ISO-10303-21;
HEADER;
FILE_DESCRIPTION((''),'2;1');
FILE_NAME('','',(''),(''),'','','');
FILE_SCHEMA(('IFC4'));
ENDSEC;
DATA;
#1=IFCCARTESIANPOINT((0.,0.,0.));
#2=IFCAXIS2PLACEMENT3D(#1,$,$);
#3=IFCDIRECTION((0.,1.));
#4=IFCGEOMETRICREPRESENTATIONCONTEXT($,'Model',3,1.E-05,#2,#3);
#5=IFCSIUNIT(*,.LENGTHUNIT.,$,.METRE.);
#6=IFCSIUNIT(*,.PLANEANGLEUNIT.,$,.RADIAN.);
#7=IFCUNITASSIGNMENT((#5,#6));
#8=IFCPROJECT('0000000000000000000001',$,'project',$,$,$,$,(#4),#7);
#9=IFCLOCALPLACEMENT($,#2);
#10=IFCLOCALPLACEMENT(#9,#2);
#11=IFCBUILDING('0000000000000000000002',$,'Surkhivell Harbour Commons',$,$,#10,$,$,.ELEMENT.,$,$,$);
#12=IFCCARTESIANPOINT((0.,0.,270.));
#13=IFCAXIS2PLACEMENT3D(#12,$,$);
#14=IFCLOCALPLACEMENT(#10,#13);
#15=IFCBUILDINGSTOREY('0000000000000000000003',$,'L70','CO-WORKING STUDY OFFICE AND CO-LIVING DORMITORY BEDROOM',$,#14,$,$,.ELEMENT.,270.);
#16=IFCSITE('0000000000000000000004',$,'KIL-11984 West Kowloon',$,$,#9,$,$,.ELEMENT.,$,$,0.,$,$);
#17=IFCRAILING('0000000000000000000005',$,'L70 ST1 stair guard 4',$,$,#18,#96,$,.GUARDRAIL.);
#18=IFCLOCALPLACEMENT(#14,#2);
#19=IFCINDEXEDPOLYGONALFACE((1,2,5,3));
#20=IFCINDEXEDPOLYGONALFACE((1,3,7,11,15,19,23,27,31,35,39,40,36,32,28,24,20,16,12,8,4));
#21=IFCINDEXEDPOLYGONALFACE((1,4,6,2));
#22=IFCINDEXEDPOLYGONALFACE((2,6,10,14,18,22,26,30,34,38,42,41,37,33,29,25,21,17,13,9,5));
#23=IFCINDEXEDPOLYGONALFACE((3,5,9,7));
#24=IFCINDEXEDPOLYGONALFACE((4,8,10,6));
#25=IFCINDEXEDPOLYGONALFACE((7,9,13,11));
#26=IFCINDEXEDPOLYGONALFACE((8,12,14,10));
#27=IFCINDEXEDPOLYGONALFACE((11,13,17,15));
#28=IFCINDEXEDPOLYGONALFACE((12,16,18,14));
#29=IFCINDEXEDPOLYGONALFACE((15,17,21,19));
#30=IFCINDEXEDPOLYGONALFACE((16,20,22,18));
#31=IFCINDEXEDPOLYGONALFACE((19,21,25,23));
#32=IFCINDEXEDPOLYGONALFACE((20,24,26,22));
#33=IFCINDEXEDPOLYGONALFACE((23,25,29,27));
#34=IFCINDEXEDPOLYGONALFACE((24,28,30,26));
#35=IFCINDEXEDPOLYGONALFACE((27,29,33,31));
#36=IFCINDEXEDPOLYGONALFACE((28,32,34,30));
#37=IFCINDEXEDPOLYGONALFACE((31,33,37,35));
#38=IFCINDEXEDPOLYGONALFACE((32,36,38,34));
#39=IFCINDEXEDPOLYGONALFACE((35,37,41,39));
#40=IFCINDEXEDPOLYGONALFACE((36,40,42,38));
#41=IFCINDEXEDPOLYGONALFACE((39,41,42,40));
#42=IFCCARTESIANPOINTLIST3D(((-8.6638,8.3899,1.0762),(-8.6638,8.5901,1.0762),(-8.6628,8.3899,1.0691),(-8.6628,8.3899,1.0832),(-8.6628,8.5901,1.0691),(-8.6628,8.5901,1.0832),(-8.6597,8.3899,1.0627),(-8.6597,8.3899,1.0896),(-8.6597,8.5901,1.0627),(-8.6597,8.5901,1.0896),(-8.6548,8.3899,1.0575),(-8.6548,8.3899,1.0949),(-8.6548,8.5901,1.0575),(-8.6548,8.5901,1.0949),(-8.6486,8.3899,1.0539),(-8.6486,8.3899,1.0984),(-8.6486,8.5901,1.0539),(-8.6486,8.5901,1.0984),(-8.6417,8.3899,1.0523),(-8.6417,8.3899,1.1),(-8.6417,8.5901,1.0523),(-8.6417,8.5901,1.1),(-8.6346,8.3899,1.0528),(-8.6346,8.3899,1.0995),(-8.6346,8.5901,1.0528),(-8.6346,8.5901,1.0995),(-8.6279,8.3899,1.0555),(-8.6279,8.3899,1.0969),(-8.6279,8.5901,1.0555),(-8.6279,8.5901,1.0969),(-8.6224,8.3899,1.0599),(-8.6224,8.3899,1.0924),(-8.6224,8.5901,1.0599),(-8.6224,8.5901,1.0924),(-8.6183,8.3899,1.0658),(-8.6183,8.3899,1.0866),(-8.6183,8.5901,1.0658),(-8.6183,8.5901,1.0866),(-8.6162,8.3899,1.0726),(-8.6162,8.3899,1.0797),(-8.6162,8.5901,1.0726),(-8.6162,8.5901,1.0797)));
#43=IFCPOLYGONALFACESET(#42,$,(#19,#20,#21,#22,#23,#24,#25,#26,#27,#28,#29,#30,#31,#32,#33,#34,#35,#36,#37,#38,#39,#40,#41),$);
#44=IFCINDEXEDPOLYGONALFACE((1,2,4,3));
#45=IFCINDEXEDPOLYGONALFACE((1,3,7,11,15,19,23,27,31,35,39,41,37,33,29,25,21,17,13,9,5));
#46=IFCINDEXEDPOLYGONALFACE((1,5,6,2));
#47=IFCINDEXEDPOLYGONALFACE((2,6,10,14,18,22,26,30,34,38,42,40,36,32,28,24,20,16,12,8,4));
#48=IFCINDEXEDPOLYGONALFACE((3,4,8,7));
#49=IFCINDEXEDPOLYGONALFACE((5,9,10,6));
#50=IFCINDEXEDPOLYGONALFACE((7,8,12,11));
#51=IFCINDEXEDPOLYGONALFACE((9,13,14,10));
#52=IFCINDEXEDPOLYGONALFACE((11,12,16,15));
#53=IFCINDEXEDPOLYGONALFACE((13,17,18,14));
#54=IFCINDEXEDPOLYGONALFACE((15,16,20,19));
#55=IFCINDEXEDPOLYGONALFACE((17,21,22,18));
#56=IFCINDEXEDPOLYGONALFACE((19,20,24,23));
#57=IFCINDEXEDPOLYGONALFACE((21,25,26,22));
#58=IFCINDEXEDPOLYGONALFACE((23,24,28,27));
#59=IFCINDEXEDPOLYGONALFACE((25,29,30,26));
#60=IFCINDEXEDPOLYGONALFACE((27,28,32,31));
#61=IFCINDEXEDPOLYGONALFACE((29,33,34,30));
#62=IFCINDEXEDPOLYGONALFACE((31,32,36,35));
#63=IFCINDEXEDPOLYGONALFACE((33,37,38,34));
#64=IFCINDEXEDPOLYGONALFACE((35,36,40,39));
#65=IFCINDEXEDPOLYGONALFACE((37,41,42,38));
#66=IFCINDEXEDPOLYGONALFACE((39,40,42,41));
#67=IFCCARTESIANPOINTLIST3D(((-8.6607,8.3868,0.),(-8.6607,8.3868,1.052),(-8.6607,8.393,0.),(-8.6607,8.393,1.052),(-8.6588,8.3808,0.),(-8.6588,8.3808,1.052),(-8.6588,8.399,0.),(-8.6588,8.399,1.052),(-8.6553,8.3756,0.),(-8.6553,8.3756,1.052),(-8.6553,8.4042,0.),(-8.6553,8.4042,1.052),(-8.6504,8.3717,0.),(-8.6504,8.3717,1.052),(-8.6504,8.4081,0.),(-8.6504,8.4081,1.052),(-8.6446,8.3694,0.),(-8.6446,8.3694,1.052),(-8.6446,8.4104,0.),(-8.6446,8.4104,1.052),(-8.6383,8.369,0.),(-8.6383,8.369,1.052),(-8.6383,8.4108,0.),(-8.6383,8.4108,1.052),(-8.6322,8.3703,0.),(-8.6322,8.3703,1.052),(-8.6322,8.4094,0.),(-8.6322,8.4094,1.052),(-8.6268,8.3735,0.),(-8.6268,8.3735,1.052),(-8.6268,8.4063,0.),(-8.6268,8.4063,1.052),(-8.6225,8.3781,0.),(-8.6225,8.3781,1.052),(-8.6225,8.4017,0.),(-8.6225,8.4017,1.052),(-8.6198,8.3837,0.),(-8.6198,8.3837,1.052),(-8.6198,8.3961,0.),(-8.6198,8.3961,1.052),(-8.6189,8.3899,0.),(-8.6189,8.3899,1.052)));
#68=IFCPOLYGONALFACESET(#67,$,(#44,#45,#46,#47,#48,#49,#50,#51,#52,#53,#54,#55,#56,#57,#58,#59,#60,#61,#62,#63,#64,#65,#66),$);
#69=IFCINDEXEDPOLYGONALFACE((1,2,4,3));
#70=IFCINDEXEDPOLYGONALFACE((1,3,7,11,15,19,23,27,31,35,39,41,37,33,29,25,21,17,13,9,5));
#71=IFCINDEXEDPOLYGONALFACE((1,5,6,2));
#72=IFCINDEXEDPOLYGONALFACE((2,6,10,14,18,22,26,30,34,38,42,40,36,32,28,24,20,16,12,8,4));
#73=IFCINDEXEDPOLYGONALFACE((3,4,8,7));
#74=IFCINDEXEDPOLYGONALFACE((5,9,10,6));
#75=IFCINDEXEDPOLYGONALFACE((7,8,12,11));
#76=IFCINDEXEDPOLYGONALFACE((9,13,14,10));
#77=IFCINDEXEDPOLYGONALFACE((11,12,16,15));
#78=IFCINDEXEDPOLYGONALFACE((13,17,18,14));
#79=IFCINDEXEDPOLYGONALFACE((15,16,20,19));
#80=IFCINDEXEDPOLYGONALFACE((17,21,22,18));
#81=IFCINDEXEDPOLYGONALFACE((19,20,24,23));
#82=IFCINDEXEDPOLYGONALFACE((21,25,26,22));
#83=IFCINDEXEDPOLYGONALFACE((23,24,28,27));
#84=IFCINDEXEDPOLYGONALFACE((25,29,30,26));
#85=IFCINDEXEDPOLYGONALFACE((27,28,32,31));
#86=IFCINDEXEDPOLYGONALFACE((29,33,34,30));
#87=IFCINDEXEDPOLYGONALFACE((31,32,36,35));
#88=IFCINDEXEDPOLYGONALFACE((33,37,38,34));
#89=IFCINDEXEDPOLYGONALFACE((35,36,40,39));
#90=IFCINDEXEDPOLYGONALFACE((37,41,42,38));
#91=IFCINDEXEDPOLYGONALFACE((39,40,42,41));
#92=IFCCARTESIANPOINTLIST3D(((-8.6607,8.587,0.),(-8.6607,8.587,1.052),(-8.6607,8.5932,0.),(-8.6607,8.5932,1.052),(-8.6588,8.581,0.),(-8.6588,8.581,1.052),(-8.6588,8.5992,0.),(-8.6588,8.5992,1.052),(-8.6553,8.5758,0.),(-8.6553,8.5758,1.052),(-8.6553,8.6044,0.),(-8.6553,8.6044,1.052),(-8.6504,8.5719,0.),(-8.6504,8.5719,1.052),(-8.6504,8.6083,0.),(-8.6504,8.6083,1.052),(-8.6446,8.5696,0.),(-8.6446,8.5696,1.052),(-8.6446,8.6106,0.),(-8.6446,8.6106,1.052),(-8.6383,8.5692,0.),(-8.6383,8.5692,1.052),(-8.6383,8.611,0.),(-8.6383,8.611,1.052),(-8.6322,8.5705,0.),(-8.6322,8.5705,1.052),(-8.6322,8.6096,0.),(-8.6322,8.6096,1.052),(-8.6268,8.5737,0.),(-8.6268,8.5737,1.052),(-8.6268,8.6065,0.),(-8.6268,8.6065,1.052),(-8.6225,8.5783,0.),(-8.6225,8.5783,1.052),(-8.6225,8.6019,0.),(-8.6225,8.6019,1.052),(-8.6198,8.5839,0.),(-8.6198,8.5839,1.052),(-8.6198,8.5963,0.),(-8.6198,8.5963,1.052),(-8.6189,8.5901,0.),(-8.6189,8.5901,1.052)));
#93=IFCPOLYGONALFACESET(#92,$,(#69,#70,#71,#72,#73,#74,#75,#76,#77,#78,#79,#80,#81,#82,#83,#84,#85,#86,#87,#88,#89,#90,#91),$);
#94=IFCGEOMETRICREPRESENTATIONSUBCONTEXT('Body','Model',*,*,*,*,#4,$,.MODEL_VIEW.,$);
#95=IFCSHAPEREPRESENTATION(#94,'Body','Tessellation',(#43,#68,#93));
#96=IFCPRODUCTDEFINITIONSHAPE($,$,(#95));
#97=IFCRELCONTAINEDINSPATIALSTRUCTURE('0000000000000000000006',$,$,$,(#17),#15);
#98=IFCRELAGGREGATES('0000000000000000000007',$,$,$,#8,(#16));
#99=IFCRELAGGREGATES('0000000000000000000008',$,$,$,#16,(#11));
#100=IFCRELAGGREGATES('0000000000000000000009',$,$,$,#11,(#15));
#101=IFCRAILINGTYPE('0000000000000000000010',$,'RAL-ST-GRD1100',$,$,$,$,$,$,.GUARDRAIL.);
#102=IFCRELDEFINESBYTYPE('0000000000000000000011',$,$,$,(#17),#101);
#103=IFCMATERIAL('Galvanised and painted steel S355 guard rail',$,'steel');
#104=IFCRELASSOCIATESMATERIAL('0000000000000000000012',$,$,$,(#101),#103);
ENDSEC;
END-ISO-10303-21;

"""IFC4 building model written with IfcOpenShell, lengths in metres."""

from ifc_helpers import new_model, si_unit, direction, frame, origin, origin_2d, place, context, subcontext, project, spatial, circle, extrude, material, type_object, element, save


model = new_model("IFC4")

# Units and contexts
model_context = context("Model", 3, precision=1e-05, world=origin(), true_north=direction((0.0, 1.0)))
body_context = subcontext(model_context, "Body", "Model", "MODEL_VIEW")
ifc_project = project(units=[si_unit("LENGTHUNIT", "METRE"), si_unit("PLANEANGLEUNIT", "RADIAN")], contexts=[model_context])

# Site, building, storey
site_placement = place(None, origin())
site = spatial("IfcSite", under=ifc_project, at=site_placement, Name="KIL-11984 West Kowloon", CompositionType="ELEMENT", RefElevation=0.0)
building_placement = place(site_placement, origin())
building = spatial("IfcBuilding", under=site, at=building_placement, Name="Surkhivell Harbour Commons", CompositionType="ELEMENT")
storey_placement = place(building_placement, frame((0.0, 0.0, 270.0)))
storey = spatial("IfcBuildingStorey", under=building, at=storey_placement, Name="L70", Description="CO-WORKING STUDY OFFICE AND CO-LIVING DORMITORY BEDROOM", CompositionType="ELEMENT", Elevation=270.0)

# Railing
ifc_material_1 = material(Name="Galvanised and painted steel S355 guard rail", Category="steel")
railing_type_1 = type_object("IfcRailingType", Name="RAL-ST-GRD1100", PredefinedType="GUARDRAIL", material=ifc_material_1)
railing_1_placement = place(storey_placement, frame((-8.6399, 8.3899, 0.0)))
element("IfcRailing", 1, at=railing_1_placement, inside=storey, type_object=railing_type_1, Name="L70 ST1 stair guard 4", PredefinedType="GUARDRAIL", context=body_context, shape_type="SweptSolid", body=[
    extrude(circle(Radius=0.0239, at=origin_2d()), frame((0.0, 0.0, 1.0762), z_axis=(0.0, 1.0, 0.0), x_axis=(-1.0, 0.0, 0.0)), (0.0, 0.0, 1.0), 0.2002),
    extrude(circle(Radius=0.021, at=origin_2d()), origin(), (0.0, 0.0, 1.0), 1.052),
    extrude(circle(Radius=0.021, at=origin_2d()), frame((0.0, 0.2002, 0.0)), (0.0, 0.0, 1.0), 1.052),
])

save(model, "model.ifc")
